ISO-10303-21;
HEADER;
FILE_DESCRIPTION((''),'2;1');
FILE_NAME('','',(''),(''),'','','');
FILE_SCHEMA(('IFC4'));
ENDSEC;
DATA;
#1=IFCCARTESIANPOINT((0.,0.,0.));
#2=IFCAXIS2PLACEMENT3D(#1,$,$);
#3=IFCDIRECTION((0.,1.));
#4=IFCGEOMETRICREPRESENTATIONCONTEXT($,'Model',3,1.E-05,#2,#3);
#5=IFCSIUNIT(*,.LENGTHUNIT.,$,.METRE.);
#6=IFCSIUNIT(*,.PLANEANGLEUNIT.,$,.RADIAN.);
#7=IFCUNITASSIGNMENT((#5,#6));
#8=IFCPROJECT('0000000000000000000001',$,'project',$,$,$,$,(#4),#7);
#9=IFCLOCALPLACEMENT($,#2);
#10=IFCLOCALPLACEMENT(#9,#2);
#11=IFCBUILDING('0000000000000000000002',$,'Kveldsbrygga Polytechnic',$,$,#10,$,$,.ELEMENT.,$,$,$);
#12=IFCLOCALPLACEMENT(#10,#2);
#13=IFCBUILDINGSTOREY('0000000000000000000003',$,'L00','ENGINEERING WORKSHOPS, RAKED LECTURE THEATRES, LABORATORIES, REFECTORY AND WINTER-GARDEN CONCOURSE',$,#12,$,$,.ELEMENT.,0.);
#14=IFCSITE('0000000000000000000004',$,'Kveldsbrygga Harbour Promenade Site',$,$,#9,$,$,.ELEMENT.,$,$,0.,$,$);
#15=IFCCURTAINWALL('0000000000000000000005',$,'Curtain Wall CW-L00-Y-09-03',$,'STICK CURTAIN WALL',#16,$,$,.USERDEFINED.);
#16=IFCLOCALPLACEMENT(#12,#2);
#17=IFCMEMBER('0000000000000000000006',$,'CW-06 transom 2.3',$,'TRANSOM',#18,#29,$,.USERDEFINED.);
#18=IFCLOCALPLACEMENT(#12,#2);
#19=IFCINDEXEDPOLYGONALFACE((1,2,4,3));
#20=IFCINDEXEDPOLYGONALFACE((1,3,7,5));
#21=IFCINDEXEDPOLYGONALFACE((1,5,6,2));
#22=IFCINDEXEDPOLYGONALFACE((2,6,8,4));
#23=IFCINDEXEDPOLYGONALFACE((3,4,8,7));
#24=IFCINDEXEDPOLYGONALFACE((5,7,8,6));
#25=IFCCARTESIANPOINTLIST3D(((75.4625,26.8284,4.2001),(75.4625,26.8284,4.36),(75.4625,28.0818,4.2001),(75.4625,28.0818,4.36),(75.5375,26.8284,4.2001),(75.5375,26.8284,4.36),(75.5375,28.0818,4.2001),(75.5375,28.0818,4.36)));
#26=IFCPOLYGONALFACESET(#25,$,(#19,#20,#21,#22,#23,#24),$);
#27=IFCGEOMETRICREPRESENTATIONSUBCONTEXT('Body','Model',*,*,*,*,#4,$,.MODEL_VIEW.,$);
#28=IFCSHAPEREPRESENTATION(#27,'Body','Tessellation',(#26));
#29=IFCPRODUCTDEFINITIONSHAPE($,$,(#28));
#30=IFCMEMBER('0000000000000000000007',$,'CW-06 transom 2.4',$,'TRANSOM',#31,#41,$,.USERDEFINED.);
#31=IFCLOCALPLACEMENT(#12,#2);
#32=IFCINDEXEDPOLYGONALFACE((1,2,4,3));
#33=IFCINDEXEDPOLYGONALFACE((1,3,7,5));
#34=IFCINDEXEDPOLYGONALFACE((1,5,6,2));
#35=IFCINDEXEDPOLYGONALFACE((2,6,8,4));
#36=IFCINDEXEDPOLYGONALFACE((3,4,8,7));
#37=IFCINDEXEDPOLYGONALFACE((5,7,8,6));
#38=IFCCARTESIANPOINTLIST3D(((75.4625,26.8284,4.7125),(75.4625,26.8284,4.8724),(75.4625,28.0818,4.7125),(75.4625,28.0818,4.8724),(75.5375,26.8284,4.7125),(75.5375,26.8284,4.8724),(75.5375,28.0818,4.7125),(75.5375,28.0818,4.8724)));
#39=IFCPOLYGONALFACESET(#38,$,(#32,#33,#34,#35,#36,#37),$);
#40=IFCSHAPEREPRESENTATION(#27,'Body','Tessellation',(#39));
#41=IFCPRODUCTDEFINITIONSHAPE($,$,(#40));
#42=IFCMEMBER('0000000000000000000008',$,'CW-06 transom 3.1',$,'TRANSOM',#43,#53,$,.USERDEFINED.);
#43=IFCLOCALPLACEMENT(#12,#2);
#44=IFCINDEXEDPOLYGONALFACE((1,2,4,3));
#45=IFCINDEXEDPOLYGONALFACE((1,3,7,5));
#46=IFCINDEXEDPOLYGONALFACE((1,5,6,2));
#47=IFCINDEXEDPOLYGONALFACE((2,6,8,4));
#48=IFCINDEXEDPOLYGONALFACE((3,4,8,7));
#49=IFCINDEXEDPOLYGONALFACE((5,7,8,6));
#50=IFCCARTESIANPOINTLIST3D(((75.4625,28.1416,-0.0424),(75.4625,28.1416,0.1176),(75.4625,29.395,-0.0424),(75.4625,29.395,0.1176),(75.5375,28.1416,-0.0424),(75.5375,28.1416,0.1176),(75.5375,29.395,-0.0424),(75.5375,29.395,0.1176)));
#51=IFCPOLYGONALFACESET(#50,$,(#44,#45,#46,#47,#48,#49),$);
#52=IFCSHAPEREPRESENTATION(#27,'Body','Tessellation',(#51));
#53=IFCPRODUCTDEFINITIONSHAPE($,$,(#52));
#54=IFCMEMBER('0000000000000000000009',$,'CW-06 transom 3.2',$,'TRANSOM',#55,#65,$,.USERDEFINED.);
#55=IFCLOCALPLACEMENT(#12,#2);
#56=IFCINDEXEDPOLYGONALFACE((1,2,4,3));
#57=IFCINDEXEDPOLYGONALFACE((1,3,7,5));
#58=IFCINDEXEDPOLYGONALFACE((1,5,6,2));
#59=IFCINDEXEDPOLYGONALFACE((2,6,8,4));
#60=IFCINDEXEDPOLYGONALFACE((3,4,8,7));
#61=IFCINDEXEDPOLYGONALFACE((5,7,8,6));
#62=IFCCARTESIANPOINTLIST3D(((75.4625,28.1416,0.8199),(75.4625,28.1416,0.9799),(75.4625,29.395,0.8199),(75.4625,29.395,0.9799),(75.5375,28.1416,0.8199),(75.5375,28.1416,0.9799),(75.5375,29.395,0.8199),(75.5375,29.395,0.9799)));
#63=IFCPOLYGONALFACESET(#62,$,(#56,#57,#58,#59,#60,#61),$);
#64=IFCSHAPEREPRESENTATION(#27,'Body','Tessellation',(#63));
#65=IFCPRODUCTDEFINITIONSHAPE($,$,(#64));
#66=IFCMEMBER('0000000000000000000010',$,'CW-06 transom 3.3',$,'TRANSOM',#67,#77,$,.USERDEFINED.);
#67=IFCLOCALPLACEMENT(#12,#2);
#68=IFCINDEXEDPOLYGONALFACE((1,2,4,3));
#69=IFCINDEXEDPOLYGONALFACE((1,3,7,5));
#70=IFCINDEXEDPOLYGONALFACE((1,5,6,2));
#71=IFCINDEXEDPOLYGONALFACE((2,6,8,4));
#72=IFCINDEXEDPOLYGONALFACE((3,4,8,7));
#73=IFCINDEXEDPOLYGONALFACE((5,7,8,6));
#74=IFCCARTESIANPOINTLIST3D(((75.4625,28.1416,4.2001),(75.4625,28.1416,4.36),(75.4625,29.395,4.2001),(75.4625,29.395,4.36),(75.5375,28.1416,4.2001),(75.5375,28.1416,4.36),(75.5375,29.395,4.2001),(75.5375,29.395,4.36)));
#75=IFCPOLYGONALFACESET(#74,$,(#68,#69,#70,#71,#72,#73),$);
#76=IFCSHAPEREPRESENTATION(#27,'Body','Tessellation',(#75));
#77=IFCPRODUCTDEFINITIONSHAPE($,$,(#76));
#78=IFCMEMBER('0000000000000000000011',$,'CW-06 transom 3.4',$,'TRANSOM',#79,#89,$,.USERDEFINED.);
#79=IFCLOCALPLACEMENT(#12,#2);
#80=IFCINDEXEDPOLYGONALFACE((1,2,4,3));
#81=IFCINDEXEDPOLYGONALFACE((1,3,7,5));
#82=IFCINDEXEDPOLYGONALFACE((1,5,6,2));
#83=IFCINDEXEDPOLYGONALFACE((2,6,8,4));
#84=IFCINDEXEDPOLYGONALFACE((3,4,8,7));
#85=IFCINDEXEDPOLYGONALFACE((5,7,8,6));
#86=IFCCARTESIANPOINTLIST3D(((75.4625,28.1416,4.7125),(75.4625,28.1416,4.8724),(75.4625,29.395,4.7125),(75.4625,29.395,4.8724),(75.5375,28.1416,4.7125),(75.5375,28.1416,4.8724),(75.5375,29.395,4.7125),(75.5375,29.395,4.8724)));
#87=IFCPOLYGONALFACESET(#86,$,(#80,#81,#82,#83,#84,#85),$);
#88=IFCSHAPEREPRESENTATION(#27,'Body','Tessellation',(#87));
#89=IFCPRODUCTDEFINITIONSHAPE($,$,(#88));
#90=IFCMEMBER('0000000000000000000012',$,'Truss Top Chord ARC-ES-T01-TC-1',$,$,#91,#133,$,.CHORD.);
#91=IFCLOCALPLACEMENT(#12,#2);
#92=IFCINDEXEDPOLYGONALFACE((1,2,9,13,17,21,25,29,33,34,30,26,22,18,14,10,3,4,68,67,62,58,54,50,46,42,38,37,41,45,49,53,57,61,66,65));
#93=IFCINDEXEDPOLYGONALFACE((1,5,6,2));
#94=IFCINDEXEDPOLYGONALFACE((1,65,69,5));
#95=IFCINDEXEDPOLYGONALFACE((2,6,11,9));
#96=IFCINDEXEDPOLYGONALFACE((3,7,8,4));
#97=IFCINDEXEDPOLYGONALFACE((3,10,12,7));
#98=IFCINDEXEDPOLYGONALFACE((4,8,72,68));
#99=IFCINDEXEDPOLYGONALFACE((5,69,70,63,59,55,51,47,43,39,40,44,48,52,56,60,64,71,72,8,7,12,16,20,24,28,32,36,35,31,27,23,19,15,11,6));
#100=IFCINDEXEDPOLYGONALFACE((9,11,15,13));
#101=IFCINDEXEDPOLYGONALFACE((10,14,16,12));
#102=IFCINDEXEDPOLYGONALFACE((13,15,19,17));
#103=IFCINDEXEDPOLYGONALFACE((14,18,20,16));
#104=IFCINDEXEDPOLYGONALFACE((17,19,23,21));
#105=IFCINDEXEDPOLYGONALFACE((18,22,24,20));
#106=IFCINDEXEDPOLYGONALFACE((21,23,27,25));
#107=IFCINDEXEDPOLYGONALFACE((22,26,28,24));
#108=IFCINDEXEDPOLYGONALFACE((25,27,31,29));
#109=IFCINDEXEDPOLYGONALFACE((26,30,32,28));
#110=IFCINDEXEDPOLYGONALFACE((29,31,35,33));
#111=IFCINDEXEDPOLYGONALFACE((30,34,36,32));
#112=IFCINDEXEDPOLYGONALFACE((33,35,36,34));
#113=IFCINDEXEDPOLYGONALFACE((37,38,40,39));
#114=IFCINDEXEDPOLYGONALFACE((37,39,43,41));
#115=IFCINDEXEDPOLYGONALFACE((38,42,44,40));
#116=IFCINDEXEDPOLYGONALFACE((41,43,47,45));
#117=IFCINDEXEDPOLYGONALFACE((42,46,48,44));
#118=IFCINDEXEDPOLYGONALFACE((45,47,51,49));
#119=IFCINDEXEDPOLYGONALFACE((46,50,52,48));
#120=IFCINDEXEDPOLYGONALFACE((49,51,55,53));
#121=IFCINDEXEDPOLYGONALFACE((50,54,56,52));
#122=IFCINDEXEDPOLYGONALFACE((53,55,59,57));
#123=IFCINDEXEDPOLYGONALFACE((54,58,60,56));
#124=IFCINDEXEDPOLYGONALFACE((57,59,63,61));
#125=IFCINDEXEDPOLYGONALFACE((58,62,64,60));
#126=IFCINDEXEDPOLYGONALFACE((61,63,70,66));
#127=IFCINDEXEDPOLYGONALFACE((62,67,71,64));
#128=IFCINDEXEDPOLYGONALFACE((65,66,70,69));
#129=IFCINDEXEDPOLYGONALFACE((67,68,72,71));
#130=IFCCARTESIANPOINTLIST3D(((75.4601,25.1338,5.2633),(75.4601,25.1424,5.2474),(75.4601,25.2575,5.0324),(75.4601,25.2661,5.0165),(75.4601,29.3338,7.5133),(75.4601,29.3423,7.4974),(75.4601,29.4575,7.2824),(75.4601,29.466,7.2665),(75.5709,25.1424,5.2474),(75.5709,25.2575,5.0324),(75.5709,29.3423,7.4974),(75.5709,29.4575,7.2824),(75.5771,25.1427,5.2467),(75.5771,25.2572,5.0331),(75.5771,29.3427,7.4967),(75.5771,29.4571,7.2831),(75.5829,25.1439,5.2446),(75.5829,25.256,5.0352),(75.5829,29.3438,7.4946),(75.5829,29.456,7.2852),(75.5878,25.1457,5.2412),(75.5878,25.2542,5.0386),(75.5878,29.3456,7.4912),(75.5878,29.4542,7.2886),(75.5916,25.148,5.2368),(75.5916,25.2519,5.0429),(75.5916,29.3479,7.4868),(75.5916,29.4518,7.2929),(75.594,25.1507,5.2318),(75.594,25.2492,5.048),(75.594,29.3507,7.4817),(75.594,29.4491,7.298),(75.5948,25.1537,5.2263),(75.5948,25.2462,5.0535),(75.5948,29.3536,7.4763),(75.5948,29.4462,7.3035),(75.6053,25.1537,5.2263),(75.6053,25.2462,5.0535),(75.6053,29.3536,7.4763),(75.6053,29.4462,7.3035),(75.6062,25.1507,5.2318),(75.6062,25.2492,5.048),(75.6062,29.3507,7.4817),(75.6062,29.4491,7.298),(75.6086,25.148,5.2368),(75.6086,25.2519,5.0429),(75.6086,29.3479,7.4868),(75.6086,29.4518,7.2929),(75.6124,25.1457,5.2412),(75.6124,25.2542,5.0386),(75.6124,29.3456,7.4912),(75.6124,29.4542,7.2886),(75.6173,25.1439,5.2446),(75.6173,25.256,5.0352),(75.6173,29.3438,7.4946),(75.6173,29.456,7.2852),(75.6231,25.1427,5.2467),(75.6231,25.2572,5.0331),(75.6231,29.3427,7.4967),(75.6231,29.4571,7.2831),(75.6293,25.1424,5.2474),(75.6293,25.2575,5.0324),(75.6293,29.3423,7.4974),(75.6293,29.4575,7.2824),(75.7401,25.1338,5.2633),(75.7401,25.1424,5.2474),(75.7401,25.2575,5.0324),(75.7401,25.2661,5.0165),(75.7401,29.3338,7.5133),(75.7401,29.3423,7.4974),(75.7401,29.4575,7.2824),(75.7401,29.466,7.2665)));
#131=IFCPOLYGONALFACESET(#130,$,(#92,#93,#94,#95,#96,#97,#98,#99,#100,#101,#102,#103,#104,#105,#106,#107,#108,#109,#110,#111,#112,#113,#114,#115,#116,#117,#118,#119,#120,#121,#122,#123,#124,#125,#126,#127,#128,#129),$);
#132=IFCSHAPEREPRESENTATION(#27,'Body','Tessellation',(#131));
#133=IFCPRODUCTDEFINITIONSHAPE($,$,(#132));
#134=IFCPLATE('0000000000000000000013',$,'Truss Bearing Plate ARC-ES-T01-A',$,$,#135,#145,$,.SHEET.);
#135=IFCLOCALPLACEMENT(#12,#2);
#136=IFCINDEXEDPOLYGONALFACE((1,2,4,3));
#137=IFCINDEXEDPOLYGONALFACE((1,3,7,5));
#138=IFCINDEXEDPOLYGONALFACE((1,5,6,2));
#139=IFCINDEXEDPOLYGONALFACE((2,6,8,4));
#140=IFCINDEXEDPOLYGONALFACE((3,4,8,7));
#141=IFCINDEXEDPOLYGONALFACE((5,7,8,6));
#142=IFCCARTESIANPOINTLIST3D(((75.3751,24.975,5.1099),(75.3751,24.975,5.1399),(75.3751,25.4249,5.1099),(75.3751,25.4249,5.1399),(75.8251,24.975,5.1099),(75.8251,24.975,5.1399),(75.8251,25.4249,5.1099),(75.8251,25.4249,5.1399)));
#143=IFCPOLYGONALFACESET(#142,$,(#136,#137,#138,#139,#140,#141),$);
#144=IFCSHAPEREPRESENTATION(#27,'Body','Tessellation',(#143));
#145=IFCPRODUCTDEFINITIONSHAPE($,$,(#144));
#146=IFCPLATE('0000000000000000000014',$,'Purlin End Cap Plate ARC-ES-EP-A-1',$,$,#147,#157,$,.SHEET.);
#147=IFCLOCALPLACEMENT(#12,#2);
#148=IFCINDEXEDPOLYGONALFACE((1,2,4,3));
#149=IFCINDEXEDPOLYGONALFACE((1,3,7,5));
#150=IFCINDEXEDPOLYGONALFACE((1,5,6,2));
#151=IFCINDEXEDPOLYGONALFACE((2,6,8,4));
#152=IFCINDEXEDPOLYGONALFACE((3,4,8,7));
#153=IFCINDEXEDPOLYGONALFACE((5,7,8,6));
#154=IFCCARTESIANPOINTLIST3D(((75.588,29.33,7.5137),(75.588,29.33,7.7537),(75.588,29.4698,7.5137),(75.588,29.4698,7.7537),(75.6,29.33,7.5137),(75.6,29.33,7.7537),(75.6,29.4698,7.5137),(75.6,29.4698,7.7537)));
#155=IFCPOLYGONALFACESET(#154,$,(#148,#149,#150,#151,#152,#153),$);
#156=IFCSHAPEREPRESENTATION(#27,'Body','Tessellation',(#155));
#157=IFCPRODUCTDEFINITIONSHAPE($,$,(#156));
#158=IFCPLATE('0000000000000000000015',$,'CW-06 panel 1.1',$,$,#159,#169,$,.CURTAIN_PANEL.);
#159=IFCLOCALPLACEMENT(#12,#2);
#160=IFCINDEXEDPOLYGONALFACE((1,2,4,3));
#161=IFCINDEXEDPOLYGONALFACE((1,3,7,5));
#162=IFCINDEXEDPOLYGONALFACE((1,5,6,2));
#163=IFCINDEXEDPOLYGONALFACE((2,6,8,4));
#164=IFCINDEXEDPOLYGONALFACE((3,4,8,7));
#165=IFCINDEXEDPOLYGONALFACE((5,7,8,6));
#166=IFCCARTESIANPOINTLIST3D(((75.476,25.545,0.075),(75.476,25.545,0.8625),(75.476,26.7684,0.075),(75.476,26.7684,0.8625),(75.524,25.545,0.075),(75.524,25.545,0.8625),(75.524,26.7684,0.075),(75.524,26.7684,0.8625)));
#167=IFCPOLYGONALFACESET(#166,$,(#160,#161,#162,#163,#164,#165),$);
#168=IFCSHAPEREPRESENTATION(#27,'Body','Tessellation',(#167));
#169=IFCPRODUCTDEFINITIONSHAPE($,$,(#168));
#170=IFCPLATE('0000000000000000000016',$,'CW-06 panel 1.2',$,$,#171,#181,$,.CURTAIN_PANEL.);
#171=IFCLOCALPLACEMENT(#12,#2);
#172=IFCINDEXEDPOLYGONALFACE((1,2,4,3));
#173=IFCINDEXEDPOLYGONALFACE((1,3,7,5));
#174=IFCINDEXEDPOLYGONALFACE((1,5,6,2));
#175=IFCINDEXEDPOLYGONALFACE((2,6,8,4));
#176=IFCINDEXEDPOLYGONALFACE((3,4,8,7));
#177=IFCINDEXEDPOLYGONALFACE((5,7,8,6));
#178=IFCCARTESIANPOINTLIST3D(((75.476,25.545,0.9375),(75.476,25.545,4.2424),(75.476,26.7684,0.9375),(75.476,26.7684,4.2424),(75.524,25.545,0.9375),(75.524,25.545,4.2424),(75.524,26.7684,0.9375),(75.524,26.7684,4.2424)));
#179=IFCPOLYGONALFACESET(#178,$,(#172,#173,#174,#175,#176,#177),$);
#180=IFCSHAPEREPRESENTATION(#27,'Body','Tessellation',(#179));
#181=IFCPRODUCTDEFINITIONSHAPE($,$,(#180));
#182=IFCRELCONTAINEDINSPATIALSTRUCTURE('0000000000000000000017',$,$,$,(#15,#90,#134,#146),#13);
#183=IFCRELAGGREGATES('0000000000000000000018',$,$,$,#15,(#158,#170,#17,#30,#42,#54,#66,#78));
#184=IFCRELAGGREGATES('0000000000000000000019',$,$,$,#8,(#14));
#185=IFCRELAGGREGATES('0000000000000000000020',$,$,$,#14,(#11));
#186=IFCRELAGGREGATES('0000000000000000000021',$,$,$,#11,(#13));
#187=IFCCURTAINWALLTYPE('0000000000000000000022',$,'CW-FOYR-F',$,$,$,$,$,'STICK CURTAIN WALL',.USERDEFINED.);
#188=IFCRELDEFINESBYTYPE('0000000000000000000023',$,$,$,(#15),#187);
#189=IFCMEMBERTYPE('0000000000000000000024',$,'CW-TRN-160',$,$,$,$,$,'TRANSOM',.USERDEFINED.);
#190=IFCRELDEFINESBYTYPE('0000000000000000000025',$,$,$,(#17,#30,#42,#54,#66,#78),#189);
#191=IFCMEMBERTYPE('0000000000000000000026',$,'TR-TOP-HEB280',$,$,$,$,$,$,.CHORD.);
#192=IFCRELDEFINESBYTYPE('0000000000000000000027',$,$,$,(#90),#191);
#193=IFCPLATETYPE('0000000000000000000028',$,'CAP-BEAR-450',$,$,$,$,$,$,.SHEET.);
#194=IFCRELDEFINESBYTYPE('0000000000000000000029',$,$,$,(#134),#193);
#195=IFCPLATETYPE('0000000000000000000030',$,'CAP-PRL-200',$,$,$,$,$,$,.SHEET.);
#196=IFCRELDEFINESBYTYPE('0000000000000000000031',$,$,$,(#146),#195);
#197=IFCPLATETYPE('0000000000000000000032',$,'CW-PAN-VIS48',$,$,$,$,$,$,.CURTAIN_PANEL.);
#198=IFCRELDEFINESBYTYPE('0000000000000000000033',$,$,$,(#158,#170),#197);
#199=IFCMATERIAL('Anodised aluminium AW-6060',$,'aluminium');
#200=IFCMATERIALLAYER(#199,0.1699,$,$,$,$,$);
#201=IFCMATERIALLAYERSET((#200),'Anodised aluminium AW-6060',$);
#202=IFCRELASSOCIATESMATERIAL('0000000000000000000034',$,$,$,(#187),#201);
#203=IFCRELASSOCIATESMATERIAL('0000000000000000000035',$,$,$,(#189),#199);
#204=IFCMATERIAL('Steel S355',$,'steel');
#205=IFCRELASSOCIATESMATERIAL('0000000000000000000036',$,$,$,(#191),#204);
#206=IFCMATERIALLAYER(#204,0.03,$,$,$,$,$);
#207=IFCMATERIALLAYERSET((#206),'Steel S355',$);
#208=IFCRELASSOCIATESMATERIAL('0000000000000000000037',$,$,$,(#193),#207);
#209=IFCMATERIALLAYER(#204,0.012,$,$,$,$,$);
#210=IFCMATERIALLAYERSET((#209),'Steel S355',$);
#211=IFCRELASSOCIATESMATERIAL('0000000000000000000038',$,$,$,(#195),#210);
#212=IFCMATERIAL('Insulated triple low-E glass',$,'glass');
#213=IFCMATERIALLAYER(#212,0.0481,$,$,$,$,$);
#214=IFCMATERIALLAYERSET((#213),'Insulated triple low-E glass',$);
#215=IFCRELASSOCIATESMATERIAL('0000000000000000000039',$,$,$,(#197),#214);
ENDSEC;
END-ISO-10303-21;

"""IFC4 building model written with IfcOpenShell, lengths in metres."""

from ifc_helpers import new_model, si_unit, direction, frame, origin, origin_2d, place, context, subcontext, project, spatial, rectangle, i_section, extrude, material, layer, layer_set, material_profile, profile_set, type_object, element, aggregate, save


model = new_model("IFC4")

# Units and contexts
model_context = context("Model", 3, precision=1e-05, world=origin(), true_north=direction((0.0, 1.0)))
body_context = subcontext(model_context, "Body", "Model", "MODEL_VIEW")
ifc_project = project(units=[si_unit("LENGTHUNIT", "METRE"), si_unit("PLANEANGLEUNIT", "RADIAN")], contexts=[model_context])

# Site, building, storey
site_placement = place(None, origin())
site = spatial("IfcSite", under=ifc_project, at=site_placement, Name="Kveldsbrygga Harbour Promenade Site", CompositionType="ELEMENT", RefElevation=0.0)
building_placement = place(site_placement, origin())
building = spatial("IfcBuilding", under=site, at=building_placement, Name="Kveldsbrygga Polytechnic", CompositionType="ELEMENT")
storey_placement = place(building_placement, origin())
storey = spatial("IfcBuildingStorey", under=building, at=storey_placement, Name="L00", Description="ENGINEERING WORKSHOPS, RAKED LECTURE THEATRES, LABORATORIES, REFECTORY AND WINTER-GARDEN CONCOURSE", CompositionType="ELEMENT", Elevation=0.0)

# Shared definitions
ifc_material_1 = material(Name="Steel S355", Category="steel")

# Curtain wall, members
ifc_material_2 = material(Name="Anodised aluminium AW-6060", Category="aluminium")
ifc_layer_1 = layer(ifc_material_2, 0.1699)
ifc_layer_set_1 = layer_set([ifc_layer_1], Name="Anodised aluminium AW-6060")
curtain_wall_type = type_object("IfcCurtainWallType", Name="CW-FOYR-F", ElementType="STICK CURTAIN WALL", PredefinedType="USERDEFINED", material=ifc_layer_set_1)
curtain_wall_placement = place(storey_placement, origin())
curtain_wall = element("IfcCurtainWall", 1, at=curtain_wall_placement, inside=storey, type_object=curtain_wall_type, Name="Curtain Wall CW-L00-Y-09-03", ObjectType="STICK CURTAIN WALL", PredefinedType="USERDEFINED")
ifc_material_profile_1 = material_profile(ifc_material_2, rectangle(XDim=0.075, YDim=0.1599, at=origin_2d()), Name="ALU 75x160")
ifc_profile_set_1 = profile_set([ifc_material_profile_1], Name="Anodised aluminium AW-6060")
member_type_1 = type_object("IfcMemberType", Name="CW-TRN-160", ElementType="TRANSOM", PredefinedType="USERDEFINED", material=ifc_profile_set_1)
member_1_placement = place(storey_placement, frame((75.5, 26.8284, 4.28), z_axis=(0.0, 1.0, 0.0), x_axis=(-1.0, 0.0, 0.0)))
member_1 = element("IfcMember", 2, at=member_1_placement, type_object=member_type_1, Name="CW-06 transom 2.3", ObjectType="TRANSOM", PredefinedType="USERDEFINED", context=body_context, shape_type="SweptSolid", body=[
    extrude(rectangle(XDim=0.075, YDim=0.1599, at=origin_2d()), origin(), (0.0, 0.0, 1.0), 1.2534),
])
member_2_placement = place(storey_placement, frame((75.5, 26.8284, 4.7925), z_axis=(0.0, 1.0, 0.0), x_axis=(-1.0, 0.0, 0.0)))
member_2 = element("IfcMember", 3, at=member_2_placement, type_object=member_type_1, Name="CW-06 transom 2.4", ObjectType="TRANSOM", PredefinedType="USERDEFINED", context=body_context, shape_type="SweptSolid", body=[
    extrude(rectangle(XDim=0.075, YDim=0.1599, at=origin_2d()), origin(), (0.0, 0.0, 1.0), 1.2534),
])
member_3_placement = place(storey_placement, frame((75.5, 28.1416, 0.0376), z_axis=(0.0, 1.0, 0.0), x_axis=(-1.0, 0.0, 0.0)))
member_3 = element("IfcMember", 4, at=member_3_placement, type_object=member_type_1, Name="CW-06 transom 3.1", ObjectType="TRANSOM", PredefinedType="USERDEFINED", context=body_context, shape_type="SweptSolid", body=[
    extrude(rectangle(XDim=0.075, YDim=0.1599, at=origin_2d()), origin(), (0.0, 0.0, 1.0), 1.2534),
])
member_4_placement = place(storey_placement, frame((75.5, 28.1416, 0.8999), z_axis=(0.0, 1.0, 0.0), x_axis=(-1.0, 0.0, 0.0)))
member_4 = element("IfcMember", 5, at=member_4_placement, type_object=member_type_1, Name="CW-06 transom 3.2", ObjectType="TRANSOM", PredefinedType="USERDEFINED", context=body_context, shape_type="SweptSolid", body=[
    extrude(rectangle(XDim=0.075, YDim=0.1599, at=origin_2d()), origin(), (0.0, 0.0, 1.0), 1.2534),
])
member_5_placement = place(storey_placement, frame((75.5, 28.1416, 4.28), z_axis=(0.0, 1.0, 0.0), x_axis=(-1.0, 0.0, 0.0)))
member_5 = element("IfcMember", 6, at=member_5_placement, type_object=member_type_1, Name="CW-06 transom 3.3", ObjectType="TRANSOM", PredefinedType="USERDEFINED", context=body_context, shape_type="SweptSolid", body=[
    extrude(rectangle(XDim=0.075, YDim=0.1599, at=origin_2d()), origin(), (0.0, 0.0, 1.0), 1.2534),
])
member_6_placement = place(storey_placement, frame((75.5, 28.1416, 4.7925), z_axis=(0.0, 1.0, 0.0), x_axis=(-1.0, 0.0, 0.0)))
member_6 = element("IfcMember", 7, at=member_6_placement, type_object=member_type_1, Name="CW-06 transom 3.4", ObjectType="TRANSOM", PredefinedType="USERDEFINED", context=body_context, shape_type="SweptSolid", body=[
    extrude(rectangle(XDim=0.075, YDim=0.1599, at=origin_2d()), origin(), (0.0, 0.0, 1.0), 1.2534),
])

# Member
ifc_material_profile_2 = material_profile(ifc_material_1, i_section(OverallWidth=0.28, OverallDepth=0.28, WebThickness=0.0105, FlangeThickness=0.0181, FilletRadius=0.0239, at=origin_2d()), Name="HEB 280")
ifc_profile_set_2 = profile_set([ifc_material_profile_2], Name="Steel S355")
member_type_2 = type_object("IfcMemberType", Name="TR-TOP-HEB280", PredefinedType="CHORD", material=ifc_profile_set_2)
member_7_placement = place(storey_placement, frame((75.6001, 25.2, 5.1399), z_axis=(0.0, 0.881478, 0.472226), x_axis=(-1.0, 0.0, 0.0)))
element("IfcMember", 8, at=member_7_placement, inside=storey, type_object=member_type_2, Name="Truss Top Chord ARC-ES-T01-TC-1", PredefinedType="CHORD", context=body_context, shape_type="SweptSolid", body=[
    extrude(i_section(OverallWidth=0.28, OverallDepth=0.28, WebThickness=0.0105, FlangeThickness=0.0181, FilletRadius=0.0239, at=origin_2d()), origin(), (0.0, 0.0, 1.0), 4.7646),
])

# Plates
ifc_layer_2 = layer(ifc_material_1, 0.03)
ifc_layer_set_2 = layer_set([ifc_layer_2], Name="Steel S355")
plate_type_1 = type_object("IfcPlateType", Name="CAP-BEAR-450", PredefinedType="SHEET", material=ifc_layer_set_2)
plate_1_placement = place(storey_placement, frame((75.6001, 25.2, 5.1099), z_axis=(0.0, 0.0, 1.0), x_axis=(1.0, 0.0, 0.0)))
element("IfcPlate", 9, at=plate_1_placement, inside=storey, type_object=plate_type_1, Name="Truss Bearing Plate ARC-ES-T01-A", PredefinedType="SHEET", context=body_context, shape_type="SweptSolid", body=[
    extrude(rectangle(XDim=0.45, YDim=0.45, at=origin_2d()), origin(), (0.0, 0.0, 1.0), 0.03),
])
ifc_layer_3 = layer(ifc_material_1, 0.012)
ifc_layer_set_3 = layer_set([ifc_layer_3], Name="Steel S355")
plate_type_2 = type_object("IfcPlateType", Name="CAP-PRL-200", PredefinedType="SHEET", material=ifc_layer_set_3)
plate_2_placement = place(storey_placement, frame((75.594, 29.3999, 7.5137), z_axis=(0.0, 0.0, 1.0), x_axis=(1.0, 0.0, 0.0)))
element("IfcPlate", 10, at=plate_2_placement, inside=storey, type_object=plate_type_2, Name="Purlin End Cap Plate ARC-ES-EP-A-1", PredefinedType="SHEET", context=body_context, shape_type="SweptSolid", body=[
    extrude(rectangle(XDim=0.012, YDim=0.1399, at=origin_2d()), origin(), (0.0, 0.0, 1.0), 0.24),
])

# Plates
ifc_material_3 = material(Name="Insulated triple low-E glass", Category="glass")
ifc_layer_4 = layer(ifc_material_3, 0.0481)
ifc_layer_set_4 = layer_set([ifc_layer_4], Name="Insulated triple low-E glass")
plate_type_3 = type_object("IfcPlateType", Name="CW-PAN-VIS48", PredefinedType="CURTAIN_PANEL", material=ifc_layer_set_4)
plate_3_placement = place(storey_placement, frame((75.5, 26.1567, 0.075), z_axis=(0.0, 0.0, 1.0), x_axis=(0.0, 1.0, 0.0)))
plate_3 = element("IfcPlate", 11, at=plate_3_placement, type_object=plate_type_3, Name="CW-06 panel 1.1", PredefinedType="CURTAIN_PANEL", context=body_context, shape_type="SweptSolid", body=[
    extrude(rectangle(XDim=1.2234, YDim=0.0481, at=origin_2d()), origin(), (0.0, 0.0, 1.0), 0.7876),
])
plate_4_placement = place(storey_placement, frame((75.5, 26.1567, 0.9375), z_axis=(0.0, 0.0, 1.0), x_axis=(0.0, 1.0, 0.0)))
plate_4 = element("IfcPlate", 12, at=plate_4_placement, type_object=plate_type_3, Name="CW-06 panel 1.2", PredefinedType="CURTAIN_PANEL", context=body_context, shape_type="SweptSolid", body=[
    extrude(rectangle(XDim=1.2234, YDim=0.0481, at=origin_2d()), origin(), (0.0, 0.0, 1.0), 3.3049),
])
aggregate(curtain_wall, [plate_3, plate_4, member_1, member_2, member_3, member_4, member_5, member_6])

save(model, "model.ifc")
